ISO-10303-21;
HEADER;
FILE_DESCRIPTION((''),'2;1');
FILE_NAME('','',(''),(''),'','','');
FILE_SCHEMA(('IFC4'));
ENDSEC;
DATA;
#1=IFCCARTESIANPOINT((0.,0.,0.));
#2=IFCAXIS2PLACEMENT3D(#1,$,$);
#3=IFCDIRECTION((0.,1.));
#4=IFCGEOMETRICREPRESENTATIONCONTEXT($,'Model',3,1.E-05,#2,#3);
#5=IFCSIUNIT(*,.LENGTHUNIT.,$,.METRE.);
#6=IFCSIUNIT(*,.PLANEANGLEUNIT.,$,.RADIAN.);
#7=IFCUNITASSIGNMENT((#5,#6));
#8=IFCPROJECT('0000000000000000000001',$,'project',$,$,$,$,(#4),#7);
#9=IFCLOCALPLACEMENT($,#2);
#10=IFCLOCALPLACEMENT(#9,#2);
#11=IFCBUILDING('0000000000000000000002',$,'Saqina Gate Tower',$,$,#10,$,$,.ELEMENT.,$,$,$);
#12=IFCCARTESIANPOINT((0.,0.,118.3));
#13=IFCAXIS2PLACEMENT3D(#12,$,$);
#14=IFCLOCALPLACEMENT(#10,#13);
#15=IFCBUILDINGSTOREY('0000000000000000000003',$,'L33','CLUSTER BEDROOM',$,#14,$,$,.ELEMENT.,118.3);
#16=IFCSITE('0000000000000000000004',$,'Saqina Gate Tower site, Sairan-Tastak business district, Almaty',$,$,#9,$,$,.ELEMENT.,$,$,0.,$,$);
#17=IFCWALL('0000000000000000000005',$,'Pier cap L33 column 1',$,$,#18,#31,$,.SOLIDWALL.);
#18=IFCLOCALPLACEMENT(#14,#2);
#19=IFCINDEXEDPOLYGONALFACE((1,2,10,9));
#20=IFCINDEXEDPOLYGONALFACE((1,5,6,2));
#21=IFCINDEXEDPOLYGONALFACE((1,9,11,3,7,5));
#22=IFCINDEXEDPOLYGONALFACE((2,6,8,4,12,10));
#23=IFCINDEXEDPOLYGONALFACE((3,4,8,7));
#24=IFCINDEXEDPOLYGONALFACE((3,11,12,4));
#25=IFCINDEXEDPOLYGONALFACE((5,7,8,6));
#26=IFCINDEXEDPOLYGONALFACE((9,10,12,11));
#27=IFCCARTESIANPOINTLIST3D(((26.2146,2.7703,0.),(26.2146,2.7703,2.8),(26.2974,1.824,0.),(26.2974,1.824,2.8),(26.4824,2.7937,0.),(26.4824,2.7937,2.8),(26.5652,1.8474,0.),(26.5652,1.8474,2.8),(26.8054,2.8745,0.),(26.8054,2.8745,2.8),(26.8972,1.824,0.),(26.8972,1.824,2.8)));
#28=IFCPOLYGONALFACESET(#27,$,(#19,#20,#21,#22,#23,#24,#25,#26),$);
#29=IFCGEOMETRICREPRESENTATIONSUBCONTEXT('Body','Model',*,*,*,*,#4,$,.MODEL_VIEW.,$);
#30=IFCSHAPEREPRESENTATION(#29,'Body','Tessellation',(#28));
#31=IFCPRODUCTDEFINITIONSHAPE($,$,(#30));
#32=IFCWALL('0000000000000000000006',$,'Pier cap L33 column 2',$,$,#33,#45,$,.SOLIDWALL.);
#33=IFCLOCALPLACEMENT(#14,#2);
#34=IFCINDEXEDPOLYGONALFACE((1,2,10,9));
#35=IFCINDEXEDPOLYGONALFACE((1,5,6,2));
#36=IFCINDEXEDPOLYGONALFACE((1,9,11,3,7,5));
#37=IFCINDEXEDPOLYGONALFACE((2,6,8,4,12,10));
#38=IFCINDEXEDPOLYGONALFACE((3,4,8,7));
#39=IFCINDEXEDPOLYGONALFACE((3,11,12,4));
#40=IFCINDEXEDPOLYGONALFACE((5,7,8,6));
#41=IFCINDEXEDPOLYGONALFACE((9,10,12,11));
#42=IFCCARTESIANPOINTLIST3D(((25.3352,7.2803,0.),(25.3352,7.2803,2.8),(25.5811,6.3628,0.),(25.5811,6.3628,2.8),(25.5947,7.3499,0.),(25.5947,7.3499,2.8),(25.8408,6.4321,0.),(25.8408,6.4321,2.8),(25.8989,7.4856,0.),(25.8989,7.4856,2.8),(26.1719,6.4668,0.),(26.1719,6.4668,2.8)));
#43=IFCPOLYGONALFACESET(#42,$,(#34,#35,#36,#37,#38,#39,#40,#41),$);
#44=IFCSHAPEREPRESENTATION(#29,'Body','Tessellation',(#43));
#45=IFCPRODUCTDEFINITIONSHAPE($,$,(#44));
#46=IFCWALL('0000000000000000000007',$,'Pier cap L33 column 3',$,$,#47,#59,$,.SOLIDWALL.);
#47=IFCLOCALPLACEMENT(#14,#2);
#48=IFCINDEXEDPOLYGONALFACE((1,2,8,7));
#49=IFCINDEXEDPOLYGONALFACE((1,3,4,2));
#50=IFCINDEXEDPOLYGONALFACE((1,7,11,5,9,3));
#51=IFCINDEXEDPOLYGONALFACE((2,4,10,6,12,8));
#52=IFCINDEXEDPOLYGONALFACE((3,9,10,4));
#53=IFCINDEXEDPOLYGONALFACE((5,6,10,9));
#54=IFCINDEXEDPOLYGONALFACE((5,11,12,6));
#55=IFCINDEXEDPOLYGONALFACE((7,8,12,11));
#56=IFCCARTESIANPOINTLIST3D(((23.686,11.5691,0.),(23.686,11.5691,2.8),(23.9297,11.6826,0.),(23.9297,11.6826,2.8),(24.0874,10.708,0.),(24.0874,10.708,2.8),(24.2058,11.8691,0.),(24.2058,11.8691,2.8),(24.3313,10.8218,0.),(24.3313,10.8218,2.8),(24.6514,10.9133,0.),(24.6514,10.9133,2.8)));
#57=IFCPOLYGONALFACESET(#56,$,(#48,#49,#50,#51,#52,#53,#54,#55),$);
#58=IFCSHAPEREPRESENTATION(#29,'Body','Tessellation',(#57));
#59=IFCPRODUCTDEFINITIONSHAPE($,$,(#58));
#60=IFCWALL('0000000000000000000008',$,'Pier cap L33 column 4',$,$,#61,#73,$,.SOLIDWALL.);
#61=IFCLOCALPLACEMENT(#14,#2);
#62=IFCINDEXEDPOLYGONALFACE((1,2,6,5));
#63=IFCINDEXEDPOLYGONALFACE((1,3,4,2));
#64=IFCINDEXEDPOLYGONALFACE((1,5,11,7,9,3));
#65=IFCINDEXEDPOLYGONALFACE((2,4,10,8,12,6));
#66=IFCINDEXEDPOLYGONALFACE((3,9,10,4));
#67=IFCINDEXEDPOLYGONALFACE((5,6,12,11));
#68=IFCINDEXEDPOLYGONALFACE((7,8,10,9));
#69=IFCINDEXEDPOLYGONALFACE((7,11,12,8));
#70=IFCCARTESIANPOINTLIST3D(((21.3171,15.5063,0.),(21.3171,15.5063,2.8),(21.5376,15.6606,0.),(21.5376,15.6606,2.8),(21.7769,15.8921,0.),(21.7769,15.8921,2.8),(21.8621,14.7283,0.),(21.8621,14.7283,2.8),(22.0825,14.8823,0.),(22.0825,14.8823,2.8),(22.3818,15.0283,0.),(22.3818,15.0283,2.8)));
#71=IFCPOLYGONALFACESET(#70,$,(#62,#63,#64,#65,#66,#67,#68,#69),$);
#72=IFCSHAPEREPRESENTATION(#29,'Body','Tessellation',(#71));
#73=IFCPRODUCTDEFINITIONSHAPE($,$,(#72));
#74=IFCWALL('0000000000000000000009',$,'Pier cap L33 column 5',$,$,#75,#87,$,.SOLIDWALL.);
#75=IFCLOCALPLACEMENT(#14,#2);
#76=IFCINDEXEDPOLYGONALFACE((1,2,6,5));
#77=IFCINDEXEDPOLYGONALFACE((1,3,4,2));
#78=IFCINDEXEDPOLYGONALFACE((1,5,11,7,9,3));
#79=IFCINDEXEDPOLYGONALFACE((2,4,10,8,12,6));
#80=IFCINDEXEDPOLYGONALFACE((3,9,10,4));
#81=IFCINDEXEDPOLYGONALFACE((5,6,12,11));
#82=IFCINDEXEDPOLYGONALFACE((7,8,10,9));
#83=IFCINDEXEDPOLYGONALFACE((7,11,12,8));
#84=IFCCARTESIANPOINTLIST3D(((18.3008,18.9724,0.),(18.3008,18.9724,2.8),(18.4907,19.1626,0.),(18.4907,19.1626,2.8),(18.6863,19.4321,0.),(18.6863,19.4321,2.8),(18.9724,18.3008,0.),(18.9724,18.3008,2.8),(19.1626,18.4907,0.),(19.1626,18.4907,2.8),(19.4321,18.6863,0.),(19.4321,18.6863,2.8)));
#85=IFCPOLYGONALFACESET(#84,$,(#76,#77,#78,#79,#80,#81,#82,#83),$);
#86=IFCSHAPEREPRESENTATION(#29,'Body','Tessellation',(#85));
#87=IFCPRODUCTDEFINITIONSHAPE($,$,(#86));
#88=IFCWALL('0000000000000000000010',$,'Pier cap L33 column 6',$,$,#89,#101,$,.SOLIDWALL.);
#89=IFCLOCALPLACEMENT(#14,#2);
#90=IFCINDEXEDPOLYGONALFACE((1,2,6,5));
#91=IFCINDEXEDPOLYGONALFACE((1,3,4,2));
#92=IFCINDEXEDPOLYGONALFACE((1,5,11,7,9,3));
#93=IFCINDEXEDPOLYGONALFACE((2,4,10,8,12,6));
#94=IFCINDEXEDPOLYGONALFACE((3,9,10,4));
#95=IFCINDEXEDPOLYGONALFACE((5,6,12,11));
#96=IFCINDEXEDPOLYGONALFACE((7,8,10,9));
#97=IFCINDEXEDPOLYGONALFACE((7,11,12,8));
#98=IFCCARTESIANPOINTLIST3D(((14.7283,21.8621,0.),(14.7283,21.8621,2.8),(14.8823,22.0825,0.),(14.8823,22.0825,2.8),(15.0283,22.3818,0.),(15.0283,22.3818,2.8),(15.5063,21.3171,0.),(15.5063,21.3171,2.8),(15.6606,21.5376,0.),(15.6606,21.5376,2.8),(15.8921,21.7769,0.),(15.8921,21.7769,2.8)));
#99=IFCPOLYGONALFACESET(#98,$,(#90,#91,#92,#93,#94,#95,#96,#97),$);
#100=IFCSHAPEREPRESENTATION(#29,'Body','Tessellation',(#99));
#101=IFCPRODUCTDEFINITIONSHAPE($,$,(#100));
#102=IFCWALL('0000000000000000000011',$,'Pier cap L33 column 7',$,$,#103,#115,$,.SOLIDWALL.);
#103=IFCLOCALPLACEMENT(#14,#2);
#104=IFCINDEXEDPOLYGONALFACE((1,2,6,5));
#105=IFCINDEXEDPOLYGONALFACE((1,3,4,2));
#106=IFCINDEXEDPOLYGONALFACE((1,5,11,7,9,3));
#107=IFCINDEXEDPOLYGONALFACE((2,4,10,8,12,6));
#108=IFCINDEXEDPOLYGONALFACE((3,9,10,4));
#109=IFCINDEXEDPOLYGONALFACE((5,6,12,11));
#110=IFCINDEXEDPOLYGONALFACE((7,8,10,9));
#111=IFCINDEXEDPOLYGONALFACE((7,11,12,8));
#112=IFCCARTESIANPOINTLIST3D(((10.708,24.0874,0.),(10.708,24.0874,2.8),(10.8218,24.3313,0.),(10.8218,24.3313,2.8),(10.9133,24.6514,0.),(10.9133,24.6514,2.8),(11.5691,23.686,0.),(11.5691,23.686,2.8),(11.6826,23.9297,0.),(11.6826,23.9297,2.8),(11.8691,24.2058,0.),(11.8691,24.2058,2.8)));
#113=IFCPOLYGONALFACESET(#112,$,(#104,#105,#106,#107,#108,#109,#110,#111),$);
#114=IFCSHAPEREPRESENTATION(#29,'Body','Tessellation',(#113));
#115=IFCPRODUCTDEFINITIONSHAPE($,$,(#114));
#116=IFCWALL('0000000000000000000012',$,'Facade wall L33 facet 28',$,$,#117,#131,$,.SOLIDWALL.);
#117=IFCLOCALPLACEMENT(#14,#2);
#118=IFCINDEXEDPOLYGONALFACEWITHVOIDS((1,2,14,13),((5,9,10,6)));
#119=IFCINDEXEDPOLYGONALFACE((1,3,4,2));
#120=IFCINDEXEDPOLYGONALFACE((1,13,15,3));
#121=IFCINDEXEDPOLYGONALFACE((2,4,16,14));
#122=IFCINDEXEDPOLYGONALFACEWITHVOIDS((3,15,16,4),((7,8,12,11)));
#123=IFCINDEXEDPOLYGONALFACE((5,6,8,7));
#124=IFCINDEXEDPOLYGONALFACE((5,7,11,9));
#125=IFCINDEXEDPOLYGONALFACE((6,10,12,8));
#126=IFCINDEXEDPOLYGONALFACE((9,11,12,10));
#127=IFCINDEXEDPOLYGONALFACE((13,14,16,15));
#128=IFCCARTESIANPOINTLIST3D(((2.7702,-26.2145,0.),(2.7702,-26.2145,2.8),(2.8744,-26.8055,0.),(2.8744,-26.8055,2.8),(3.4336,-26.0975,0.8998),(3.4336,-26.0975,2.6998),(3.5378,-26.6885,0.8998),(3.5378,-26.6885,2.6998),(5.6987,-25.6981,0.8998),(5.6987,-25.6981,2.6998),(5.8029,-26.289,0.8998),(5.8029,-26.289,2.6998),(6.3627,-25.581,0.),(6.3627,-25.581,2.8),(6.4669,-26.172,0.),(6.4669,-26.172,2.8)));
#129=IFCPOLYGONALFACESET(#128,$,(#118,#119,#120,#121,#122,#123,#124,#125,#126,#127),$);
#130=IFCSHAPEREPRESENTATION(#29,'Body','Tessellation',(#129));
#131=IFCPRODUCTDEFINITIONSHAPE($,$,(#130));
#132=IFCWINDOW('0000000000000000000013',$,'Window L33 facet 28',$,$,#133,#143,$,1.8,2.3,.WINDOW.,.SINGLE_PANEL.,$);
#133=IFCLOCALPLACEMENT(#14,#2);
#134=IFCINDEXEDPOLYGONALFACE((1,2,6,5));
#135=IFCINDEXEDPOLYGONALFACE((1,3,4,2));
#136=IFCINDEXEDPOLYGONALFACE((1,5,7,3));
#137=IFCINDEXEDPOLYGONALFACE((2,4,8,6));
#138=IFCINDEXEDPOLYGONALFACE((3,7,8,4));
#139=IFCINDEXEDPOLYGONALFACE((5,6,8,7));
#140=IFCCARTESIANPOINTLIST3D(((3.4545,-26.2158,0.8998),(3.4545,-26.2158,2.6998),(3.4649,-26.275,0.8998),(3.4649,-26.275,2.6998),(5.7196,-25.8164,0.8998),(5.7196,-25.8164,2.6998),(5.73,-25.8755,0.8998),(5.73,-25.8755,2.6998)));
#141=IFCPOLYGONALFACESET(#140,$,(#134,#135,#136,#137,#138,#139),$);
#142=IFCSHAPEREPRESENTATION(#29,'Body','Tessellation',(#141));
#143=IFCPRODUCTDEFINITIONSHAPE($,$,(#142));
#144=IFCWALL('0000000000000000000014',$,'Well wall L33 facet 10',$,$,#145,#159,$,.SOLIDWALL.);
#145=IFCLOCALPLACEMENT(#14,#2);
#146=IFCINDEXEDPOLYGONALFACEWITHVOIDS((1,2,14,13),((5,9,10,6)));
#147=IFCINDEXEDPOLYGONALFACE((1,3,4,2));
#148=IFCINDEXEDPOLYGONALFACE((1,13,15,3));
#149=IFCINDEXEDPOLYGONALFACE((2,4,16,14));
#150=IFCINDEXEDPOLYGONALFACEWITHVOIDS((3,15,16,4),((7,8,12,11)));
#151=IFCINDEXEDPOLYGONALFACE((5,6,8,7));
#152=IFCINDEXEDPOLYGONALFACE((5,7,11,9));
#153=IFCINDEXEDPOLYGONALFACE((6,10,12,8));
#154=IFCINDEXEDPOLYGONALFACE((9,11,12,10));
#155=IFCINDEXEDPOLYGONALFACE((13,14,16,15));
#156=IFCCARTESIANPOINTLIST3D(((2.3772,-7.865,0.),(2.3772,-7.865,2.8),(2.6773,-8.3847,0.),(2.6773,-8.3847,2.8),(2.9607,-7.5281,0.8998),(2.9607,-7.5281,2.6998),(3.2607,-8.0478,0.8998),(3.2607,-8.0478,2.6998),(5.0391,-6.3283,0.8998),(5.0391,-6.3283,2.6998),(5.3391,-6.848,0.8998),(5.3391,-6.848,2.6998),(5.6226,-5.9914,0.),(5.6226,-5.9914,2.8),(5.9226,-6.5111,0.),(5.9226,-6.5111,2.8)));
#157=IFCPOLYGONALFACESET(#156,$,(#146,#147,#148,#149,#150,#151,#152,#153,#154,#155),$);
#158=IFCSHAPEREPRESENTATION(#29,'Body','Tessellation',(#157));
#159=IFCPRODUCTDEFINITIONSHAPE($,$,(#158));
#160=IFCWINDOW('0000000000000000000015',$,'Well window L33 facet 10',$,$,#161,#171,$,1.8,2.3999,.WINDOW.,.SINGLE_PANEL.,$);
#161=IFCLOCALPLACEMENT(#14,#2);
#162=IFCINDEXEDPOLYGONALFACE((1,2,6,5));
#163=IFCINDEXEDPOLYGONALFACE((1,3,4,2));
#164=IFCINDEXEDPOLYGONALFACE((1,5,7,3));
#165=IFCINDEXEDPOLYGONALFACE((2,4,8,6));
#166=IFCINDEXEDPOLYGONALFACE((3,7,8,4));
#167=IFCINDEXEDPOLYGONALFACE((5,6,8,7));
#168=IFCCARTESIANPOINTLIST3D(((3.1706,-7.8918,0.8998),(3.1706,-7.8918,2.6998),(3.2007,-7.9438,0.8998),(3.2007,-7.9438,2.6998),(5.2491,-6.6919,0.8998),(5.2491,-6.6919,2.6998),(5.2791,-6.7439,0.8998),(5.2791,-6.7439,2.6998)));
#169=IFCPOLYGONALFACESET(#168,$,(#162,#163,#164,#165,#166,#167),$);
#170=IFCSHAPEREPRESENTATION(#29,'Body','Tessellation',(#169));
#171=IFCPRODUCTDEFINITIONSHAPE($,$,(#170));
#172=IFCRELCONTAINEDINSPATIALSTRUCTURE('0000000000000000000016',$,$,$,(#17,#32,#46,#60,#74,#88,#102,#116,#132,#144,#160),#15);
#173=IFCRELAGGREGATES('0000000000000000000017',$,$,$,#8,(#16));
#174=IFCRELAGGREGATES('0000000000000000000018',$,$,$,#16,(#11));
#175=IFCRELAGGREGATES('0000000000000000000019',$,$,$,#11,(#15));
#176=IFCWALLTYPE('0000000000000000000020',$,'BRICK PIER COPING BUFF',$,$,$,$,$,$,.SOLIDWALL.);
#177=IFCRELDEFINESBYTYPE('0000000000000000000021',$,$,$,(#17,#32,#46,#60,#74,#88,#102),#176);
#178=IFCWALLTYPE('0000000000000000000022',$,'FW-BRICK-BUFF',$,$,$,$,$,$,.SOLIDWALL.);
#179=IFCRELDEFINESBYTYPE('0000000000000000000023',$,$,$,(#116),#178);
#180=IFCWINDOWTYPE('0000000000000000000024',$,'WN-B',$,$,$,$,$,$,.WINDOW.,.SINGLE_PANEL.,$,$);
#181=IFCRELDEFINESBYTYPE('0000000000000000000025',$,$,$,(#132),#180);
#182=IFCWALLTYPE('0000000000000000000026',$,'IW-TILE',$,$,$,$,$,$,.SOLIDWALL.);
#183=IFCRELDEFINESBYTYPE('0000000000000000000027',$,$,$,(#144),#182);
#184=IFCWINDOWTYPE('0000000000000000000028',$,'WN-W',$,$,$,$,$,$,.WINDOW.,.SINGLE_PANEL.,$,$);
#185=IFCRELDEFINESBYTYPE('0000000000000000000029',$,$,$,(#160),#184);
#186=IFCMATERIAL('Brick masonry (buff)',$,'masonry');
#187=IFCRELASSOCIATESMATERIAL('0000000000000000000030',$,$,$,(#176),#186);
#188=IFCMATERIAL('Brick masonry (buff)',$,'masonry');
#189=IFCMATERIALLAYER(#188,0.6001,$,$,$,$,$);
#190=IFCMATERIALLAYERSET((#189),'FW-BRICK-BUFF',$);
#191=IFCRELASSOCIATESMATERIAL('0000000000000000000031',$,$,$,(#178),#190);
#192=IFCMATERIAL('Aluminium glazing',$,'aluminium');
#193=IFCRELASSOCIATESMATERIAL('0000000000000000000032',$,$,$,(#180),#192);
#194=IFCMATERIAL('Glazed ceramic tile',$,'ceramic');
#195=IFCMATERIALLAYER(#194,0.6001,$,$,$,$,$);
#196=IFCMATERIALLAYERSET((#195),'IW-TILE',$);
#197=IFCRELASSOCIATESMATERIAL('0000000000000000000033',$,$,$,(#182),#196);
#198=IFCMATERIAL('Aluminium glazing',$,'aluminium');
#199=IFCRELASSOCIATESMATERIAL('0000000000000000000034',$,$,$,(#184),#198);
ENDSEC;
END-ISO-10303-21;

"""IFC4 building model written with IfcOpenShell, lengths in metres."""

from ifc_helpers import new_model, si_unit, direction, frame, frame_2d, origin, place, context, subcontext, project, spatial, polyline, rectangle, outline, extrude, material, layer, layer_set, type_object, element, fill, save


model = new_model("IFC4")

# Units and contexts
model_context = context("Model", 3, precision=1e-05, world=origin(), true_north=direction((0.0, 1.0)))
body_context = subcontext(model_context, "Body", "Model", "MODEL_VIEW")
ifc_project = project(units=[si_unit("LENGTHUNIT", "METRE"), si_unit("PLANEANGLEUNIT", "RADIAN")], contexts=[model_context])

# Site, building, storey
site_placement = place(None, origin())
site = spatial("IfcSite", under=ifc_project, at=site_placement, Name="Saqina Gate Tower site, Sairan-Tastak business district, Almaty", CompositionType="ELEMENT", RefElevation=0.0)
building_placement = place(site_placement, origin())
building = spatial("IfcBuilding", under=site, at=building_placement, Name="Saqina Gate Tower", CompositionType="ELEMENT")
storey_placement = place(building_placement, frame((0.0, 0.0, 118.3)))
storey = spatial("IfcBuildingStorey", under=building, at=storey_placement, Name="L33", Description="CLUSTER BEDROOM", CompositionType="ELEMENT", Elevation=118.3)

# Walls
ifc_material_1 = material(Name="Brick masonry (buff)", Category="masonry")
wall_type_1 = type_object("IfcWallType", Name="BRICK PIER COPING BUFF", PredefinedType="SOLIDWALL", material=ifc_material_1)
wall_1_placement = place(storey_placement, origin())
element("IfcWall", 1, at=wall_1_placement, inside=storey, type_object=wall_type_1, Name="Pier cap L33 column 1", PredefinedType="SOLIDWALL", context=body_context, shape_type="SweptSolid", body=[
    extrude(outline(polyline([(26.8054, 2.8745), (26.2146, 2.7703), (26.4824, 2.7937), (26.5652, 1.8474), (26.2974, 1.824), (26.8972, 1.824), (26.8054, 2.8745)])), origin(), (0.0, 0.0, 1.0), 2.8),
])
wall_2_placement = place(storey_placement, origin())
element("IfcWall", 2, at=wall_2_placement, inside=storey, type_object=wall_type_1, Name="Pier cap L33 column 2", PredefinedType="SOLIDWALL", context=body_context, shape_type="SweptSolid", body=[
    extrude(outline(polyline([(26.1719, 6.4668), (25.8989, 7.4856), (25.3352, 7.2803), (25.5947, 7.3499), (25.8408, 6.4321), (25.5811, 6.3628), (26.1719, 6.4668)])), origin(), (0.0, 0.0, 1.0), 2.8),
])
wall_3_placement = place(storey_placement, origin())
element("IfcWall", 3, at=wall_3_placement, inside=storey, type_object=wall_type_1, Name="Pier cap L33 column 3", PredefinedType="SOLIDWALL", context=body_context, shape_type="SweptSolid", body=[
    extrude(outline(polyline([(24.6514, 10.9133), (24.2058, 11.8691), (23.686, 11.5691), (23.9297, 11.6826), (24.3313, 10.8218), (24.0874, 10.708), (24.6514, 10.9133)])), origin(), (0.0, 0.0, 1.0), 2.8),
])
wall_4_placement = place(storey_placement, origin())
element("IfcWall", 4, at=wall_4_placement, inside=storey, type_object=wall_type_1, Name="Pier cap L33 column 4", PredefinedType="SOLIDWALL", context=body_context, shape_type="SweptSolid", body=[
    extrude(outline(polyline([(21.7769, 15.8921), (21.3171, 15.5063), (21.5376, 15.6606), (22.0825, 14.8823), (21.8621, 14.7283), (22.3818, 15.0283), (21.7769, 15.8921)])), origin(), (0.0, 0.0, 1.0), 2.8),
])
wall_5_placement = place(storey_placement, origin())
element("IfcWall", 5, at=wall_5_placement, inside=storey, type_object=wall_type_1, Name="Pier cap L33 column 5", PredefinedType="SOLIDWALL", context=body_context, shape_type="SweptSolid", body=[
    extrude(outline(polyline([(19.4321, 18.6863), (18.6863, 19.4321), (18.3008, 18.9724), (18.4907, 19.1626), (19.1626, 18.4907), (18.9724, 18.3008), (19.4321, 18.6863)])), origin(), (0.0, 0.0, 1.0), 2.8),
])
wall_6_placement = place(storey_placement, origin())
element("IfcWall", 6, at=wall_6_placement, inside=storey, type_object=wall_type_1, Name="Pier cap L33 column 6", PredefinedType="SOLIDWALL", context=body_context, shape_type="SweptSolid", body=[
    extrude(outline(polyline([(15.0283, 22.3818), (14.7283, 21.8621), (14.8823, 22.0825), (15.6606, 21.5376), (15.5063, 21.3171), (15.8921, 21.7769), (15.0283, 22.3818)])), origin(), (0.0, 0.0, 1.0), 2.8),
])
wall_7_placement = place(storey_placement, origin())
element("IfcWall", 7, at=wall_7_placement, inside=storey, type_object=wall_type_1, Name="Pier cap L33 column 7", PredefinedType="SOLIDWALL", context=body_context, shape_type="SweptSolid", body=[
    extrude(outline(polyline([(10.9133, 24.6514), (10.708, 24.0874), (10.8218, 24.3313), (11.6826, 23.9297), (11.5691, 23.686), (11.8691, 24.2058), (10.9133, 24.6514)])), origin(), (0.0, 0.0, 1.0), 2.8),
])

# Walls, openings, windows
ifc_material_2 = material(Name="Brick masonry (buff)", Category="masonry")
ifc_layer_1 = layer(ifc_material_2, 0.6001)
ifc_layer_set_1 = layer_set([ifc_layer_1], Name="FW-BRICK-BUFF")
wall_type_2 = type_object("IfcWallType", Name="FW-BRICK-BUFF", PredefinedType="SOLIDWALL", material=ifc_layer_set_1)
wall_8_placement = place(storey_placement, frame((2.8223, -26.51, 0.0), z_axis=(0.0, 0.0, 1.0), x_axis=(0.984804, 0.173671, 0.0)))
wall_8 = element("IfcWall", 8, at=wall_8_placement, inside=storey, type_object=wall_type_2, Name="Facade wall L33 facet 28", PredefinedType="SOLIDWALL", context=body_context, shape_type="SweptSolid", body=[
    extrude(rectangle(XDim=3.6479, YDim=0.6001, at=frame_2d((1.824, 0.0))), origin(), (0.0, 0.0, 1.0), 2.8),
])
opening_1_placement = place(wall_8_placement, frame((0.6738, 0.0, 0.8999)))
opening_1 = element("IfcOpeningElement", 9, at=opening_1_placement, cuts=wall_8, PredefinedType="OPENING", context=body_context, shape_type="SweptSolid", body=[
    extrude(rectangle(XDim=2.3, YDim=1.8, at=frame_2d((1.1499, 0.8999))), frame((0.0, 0.312, 0.0), z_axis=(0.0, -1.0, 0.0), x_axis=(1.0, 0.0, 0.0)), (0.0, 0.0, 1.0), 0.624),
])
ifc_material_3 = material(Name="Aluminium glazing", Category="aluminium")
window_type_1 = type_object("IfcWindowType", Name="WN-B", PartitioningType="SINGLE_PANEL", PredefinedType="WINDOW", material=ifc_material_3)
window_1_placement = place(opening_1_placement, origin())
window_1 = element("IfcWindow", 10, at=window_1_placement, inside=storey, type_object=window_type_1, Name="Window L33 facet 28", OverallHeight=1.8, OverallWidth=2.3, PartitioningType="SINGLE_PANEL", PredefinedType="WINDOW", context=body_context, shape_type="SweptSolid", body=[
    extrude(rectangle(XDim=2.3, YDim=1.8, at=frame_2d((1.1499, 0.8999))), frame((0.0, 0.1799, 0.0), z_axis=(0.0, -1.0, 0.0), x_axis=(1.0, 0.0, 0.0)), (0.0, 0.0, 1.0), 0.0601),
])
fill(opening_1, window_1)
ifc_material_4 = material(Name="Glazed ceramic tile", Category="ceramic")
ifc_layer_2 = layer(ifc_material_4, 0.6001)
ifc_layer_set_2 = layer_set([ifc_layer_2], Name="IW-TILE")
wall_type_3 = type_object("IfcWallType", Name="IW-TILE", PredefinedType="SOLIDWALL", material=ifc_layer_set_2)
wall_9_placement = place(storey_placement, frame((2.5273, -8.1248, 0.0), z_axis=(0.0, 0.0, 1.0), x_axis=(0.866046, 0.499965, 0.0)))
wall_9 = element("IfcWall", 11, at=wall_9_placement, inside=storey, type_object=wall_type_3, Name="Well wall L33 facet 10", PredefinedType="SOLIDWALL", context=body_context, shape_type="SweptSolid", body=[
    extrude(rectangle(XDim=3.7473, YDim=0.6001, at=frame_2d((1.8735, 0.0))), origin(), (0.0, 0.0, 1.0), 2.8),
])
opening_2_placement = place(wall_9_placement, frame((0.6736, 0.0, 0.8999)))
opening_2 = element("IfcOpeningElement", 12, at=opening_2_placement, cuts=wall_9, PredefinedType="OPENING", context=body_context, shape_type="SweptSolid", body=[
    extrude(rectangle(XDim=2.3999, YDim=1.8, at=frame_2d((1.2, 0.8999))), frame((0.0, 0.312, 0.0), z_axis=(0.0, -1.0, 0.0), x_axis=(1.0, 0.0, 0.0)), (0.0, 0.0, 1.0), 0.624),
])
ifc_material_5 = material(Name="Aluminium glazing", Category="aluminium")
window_type_2 = type_object("IfcWindowType", Name="WN-W", PartitioningType="SINGLE_PANEL", PredefinedType="WINDOW", material=ifc_material_5)
window_2_placement = place(opening_2_placement, origin())
window_2 = element("IfcWindow", 13, at=window_2_placement, inside=storey, type_object=window_type_2, Name="Well window L33 facet 10", OverallHeight=1.8, OverallWidth=2.3999, PartitioningType="SINGLE_PANEL", PredefinedType="WINDOW", context=body_context, shape_type="SweptSolid", body=[
    extrude(rectangle(XDim=2.3999, YDim=1.8, at=frame_2d((1.2, 0.8999))), frame((0.0, -0.1199, 0.0), z_axis=(0.0, -1.0, 0.0), x_axis=(1.0, 0.0, 0.0)), (0.0, 0.0, 1.0), 0.0601),
])
fill(opening_2, window_2)

save(model, "model.ifc")
